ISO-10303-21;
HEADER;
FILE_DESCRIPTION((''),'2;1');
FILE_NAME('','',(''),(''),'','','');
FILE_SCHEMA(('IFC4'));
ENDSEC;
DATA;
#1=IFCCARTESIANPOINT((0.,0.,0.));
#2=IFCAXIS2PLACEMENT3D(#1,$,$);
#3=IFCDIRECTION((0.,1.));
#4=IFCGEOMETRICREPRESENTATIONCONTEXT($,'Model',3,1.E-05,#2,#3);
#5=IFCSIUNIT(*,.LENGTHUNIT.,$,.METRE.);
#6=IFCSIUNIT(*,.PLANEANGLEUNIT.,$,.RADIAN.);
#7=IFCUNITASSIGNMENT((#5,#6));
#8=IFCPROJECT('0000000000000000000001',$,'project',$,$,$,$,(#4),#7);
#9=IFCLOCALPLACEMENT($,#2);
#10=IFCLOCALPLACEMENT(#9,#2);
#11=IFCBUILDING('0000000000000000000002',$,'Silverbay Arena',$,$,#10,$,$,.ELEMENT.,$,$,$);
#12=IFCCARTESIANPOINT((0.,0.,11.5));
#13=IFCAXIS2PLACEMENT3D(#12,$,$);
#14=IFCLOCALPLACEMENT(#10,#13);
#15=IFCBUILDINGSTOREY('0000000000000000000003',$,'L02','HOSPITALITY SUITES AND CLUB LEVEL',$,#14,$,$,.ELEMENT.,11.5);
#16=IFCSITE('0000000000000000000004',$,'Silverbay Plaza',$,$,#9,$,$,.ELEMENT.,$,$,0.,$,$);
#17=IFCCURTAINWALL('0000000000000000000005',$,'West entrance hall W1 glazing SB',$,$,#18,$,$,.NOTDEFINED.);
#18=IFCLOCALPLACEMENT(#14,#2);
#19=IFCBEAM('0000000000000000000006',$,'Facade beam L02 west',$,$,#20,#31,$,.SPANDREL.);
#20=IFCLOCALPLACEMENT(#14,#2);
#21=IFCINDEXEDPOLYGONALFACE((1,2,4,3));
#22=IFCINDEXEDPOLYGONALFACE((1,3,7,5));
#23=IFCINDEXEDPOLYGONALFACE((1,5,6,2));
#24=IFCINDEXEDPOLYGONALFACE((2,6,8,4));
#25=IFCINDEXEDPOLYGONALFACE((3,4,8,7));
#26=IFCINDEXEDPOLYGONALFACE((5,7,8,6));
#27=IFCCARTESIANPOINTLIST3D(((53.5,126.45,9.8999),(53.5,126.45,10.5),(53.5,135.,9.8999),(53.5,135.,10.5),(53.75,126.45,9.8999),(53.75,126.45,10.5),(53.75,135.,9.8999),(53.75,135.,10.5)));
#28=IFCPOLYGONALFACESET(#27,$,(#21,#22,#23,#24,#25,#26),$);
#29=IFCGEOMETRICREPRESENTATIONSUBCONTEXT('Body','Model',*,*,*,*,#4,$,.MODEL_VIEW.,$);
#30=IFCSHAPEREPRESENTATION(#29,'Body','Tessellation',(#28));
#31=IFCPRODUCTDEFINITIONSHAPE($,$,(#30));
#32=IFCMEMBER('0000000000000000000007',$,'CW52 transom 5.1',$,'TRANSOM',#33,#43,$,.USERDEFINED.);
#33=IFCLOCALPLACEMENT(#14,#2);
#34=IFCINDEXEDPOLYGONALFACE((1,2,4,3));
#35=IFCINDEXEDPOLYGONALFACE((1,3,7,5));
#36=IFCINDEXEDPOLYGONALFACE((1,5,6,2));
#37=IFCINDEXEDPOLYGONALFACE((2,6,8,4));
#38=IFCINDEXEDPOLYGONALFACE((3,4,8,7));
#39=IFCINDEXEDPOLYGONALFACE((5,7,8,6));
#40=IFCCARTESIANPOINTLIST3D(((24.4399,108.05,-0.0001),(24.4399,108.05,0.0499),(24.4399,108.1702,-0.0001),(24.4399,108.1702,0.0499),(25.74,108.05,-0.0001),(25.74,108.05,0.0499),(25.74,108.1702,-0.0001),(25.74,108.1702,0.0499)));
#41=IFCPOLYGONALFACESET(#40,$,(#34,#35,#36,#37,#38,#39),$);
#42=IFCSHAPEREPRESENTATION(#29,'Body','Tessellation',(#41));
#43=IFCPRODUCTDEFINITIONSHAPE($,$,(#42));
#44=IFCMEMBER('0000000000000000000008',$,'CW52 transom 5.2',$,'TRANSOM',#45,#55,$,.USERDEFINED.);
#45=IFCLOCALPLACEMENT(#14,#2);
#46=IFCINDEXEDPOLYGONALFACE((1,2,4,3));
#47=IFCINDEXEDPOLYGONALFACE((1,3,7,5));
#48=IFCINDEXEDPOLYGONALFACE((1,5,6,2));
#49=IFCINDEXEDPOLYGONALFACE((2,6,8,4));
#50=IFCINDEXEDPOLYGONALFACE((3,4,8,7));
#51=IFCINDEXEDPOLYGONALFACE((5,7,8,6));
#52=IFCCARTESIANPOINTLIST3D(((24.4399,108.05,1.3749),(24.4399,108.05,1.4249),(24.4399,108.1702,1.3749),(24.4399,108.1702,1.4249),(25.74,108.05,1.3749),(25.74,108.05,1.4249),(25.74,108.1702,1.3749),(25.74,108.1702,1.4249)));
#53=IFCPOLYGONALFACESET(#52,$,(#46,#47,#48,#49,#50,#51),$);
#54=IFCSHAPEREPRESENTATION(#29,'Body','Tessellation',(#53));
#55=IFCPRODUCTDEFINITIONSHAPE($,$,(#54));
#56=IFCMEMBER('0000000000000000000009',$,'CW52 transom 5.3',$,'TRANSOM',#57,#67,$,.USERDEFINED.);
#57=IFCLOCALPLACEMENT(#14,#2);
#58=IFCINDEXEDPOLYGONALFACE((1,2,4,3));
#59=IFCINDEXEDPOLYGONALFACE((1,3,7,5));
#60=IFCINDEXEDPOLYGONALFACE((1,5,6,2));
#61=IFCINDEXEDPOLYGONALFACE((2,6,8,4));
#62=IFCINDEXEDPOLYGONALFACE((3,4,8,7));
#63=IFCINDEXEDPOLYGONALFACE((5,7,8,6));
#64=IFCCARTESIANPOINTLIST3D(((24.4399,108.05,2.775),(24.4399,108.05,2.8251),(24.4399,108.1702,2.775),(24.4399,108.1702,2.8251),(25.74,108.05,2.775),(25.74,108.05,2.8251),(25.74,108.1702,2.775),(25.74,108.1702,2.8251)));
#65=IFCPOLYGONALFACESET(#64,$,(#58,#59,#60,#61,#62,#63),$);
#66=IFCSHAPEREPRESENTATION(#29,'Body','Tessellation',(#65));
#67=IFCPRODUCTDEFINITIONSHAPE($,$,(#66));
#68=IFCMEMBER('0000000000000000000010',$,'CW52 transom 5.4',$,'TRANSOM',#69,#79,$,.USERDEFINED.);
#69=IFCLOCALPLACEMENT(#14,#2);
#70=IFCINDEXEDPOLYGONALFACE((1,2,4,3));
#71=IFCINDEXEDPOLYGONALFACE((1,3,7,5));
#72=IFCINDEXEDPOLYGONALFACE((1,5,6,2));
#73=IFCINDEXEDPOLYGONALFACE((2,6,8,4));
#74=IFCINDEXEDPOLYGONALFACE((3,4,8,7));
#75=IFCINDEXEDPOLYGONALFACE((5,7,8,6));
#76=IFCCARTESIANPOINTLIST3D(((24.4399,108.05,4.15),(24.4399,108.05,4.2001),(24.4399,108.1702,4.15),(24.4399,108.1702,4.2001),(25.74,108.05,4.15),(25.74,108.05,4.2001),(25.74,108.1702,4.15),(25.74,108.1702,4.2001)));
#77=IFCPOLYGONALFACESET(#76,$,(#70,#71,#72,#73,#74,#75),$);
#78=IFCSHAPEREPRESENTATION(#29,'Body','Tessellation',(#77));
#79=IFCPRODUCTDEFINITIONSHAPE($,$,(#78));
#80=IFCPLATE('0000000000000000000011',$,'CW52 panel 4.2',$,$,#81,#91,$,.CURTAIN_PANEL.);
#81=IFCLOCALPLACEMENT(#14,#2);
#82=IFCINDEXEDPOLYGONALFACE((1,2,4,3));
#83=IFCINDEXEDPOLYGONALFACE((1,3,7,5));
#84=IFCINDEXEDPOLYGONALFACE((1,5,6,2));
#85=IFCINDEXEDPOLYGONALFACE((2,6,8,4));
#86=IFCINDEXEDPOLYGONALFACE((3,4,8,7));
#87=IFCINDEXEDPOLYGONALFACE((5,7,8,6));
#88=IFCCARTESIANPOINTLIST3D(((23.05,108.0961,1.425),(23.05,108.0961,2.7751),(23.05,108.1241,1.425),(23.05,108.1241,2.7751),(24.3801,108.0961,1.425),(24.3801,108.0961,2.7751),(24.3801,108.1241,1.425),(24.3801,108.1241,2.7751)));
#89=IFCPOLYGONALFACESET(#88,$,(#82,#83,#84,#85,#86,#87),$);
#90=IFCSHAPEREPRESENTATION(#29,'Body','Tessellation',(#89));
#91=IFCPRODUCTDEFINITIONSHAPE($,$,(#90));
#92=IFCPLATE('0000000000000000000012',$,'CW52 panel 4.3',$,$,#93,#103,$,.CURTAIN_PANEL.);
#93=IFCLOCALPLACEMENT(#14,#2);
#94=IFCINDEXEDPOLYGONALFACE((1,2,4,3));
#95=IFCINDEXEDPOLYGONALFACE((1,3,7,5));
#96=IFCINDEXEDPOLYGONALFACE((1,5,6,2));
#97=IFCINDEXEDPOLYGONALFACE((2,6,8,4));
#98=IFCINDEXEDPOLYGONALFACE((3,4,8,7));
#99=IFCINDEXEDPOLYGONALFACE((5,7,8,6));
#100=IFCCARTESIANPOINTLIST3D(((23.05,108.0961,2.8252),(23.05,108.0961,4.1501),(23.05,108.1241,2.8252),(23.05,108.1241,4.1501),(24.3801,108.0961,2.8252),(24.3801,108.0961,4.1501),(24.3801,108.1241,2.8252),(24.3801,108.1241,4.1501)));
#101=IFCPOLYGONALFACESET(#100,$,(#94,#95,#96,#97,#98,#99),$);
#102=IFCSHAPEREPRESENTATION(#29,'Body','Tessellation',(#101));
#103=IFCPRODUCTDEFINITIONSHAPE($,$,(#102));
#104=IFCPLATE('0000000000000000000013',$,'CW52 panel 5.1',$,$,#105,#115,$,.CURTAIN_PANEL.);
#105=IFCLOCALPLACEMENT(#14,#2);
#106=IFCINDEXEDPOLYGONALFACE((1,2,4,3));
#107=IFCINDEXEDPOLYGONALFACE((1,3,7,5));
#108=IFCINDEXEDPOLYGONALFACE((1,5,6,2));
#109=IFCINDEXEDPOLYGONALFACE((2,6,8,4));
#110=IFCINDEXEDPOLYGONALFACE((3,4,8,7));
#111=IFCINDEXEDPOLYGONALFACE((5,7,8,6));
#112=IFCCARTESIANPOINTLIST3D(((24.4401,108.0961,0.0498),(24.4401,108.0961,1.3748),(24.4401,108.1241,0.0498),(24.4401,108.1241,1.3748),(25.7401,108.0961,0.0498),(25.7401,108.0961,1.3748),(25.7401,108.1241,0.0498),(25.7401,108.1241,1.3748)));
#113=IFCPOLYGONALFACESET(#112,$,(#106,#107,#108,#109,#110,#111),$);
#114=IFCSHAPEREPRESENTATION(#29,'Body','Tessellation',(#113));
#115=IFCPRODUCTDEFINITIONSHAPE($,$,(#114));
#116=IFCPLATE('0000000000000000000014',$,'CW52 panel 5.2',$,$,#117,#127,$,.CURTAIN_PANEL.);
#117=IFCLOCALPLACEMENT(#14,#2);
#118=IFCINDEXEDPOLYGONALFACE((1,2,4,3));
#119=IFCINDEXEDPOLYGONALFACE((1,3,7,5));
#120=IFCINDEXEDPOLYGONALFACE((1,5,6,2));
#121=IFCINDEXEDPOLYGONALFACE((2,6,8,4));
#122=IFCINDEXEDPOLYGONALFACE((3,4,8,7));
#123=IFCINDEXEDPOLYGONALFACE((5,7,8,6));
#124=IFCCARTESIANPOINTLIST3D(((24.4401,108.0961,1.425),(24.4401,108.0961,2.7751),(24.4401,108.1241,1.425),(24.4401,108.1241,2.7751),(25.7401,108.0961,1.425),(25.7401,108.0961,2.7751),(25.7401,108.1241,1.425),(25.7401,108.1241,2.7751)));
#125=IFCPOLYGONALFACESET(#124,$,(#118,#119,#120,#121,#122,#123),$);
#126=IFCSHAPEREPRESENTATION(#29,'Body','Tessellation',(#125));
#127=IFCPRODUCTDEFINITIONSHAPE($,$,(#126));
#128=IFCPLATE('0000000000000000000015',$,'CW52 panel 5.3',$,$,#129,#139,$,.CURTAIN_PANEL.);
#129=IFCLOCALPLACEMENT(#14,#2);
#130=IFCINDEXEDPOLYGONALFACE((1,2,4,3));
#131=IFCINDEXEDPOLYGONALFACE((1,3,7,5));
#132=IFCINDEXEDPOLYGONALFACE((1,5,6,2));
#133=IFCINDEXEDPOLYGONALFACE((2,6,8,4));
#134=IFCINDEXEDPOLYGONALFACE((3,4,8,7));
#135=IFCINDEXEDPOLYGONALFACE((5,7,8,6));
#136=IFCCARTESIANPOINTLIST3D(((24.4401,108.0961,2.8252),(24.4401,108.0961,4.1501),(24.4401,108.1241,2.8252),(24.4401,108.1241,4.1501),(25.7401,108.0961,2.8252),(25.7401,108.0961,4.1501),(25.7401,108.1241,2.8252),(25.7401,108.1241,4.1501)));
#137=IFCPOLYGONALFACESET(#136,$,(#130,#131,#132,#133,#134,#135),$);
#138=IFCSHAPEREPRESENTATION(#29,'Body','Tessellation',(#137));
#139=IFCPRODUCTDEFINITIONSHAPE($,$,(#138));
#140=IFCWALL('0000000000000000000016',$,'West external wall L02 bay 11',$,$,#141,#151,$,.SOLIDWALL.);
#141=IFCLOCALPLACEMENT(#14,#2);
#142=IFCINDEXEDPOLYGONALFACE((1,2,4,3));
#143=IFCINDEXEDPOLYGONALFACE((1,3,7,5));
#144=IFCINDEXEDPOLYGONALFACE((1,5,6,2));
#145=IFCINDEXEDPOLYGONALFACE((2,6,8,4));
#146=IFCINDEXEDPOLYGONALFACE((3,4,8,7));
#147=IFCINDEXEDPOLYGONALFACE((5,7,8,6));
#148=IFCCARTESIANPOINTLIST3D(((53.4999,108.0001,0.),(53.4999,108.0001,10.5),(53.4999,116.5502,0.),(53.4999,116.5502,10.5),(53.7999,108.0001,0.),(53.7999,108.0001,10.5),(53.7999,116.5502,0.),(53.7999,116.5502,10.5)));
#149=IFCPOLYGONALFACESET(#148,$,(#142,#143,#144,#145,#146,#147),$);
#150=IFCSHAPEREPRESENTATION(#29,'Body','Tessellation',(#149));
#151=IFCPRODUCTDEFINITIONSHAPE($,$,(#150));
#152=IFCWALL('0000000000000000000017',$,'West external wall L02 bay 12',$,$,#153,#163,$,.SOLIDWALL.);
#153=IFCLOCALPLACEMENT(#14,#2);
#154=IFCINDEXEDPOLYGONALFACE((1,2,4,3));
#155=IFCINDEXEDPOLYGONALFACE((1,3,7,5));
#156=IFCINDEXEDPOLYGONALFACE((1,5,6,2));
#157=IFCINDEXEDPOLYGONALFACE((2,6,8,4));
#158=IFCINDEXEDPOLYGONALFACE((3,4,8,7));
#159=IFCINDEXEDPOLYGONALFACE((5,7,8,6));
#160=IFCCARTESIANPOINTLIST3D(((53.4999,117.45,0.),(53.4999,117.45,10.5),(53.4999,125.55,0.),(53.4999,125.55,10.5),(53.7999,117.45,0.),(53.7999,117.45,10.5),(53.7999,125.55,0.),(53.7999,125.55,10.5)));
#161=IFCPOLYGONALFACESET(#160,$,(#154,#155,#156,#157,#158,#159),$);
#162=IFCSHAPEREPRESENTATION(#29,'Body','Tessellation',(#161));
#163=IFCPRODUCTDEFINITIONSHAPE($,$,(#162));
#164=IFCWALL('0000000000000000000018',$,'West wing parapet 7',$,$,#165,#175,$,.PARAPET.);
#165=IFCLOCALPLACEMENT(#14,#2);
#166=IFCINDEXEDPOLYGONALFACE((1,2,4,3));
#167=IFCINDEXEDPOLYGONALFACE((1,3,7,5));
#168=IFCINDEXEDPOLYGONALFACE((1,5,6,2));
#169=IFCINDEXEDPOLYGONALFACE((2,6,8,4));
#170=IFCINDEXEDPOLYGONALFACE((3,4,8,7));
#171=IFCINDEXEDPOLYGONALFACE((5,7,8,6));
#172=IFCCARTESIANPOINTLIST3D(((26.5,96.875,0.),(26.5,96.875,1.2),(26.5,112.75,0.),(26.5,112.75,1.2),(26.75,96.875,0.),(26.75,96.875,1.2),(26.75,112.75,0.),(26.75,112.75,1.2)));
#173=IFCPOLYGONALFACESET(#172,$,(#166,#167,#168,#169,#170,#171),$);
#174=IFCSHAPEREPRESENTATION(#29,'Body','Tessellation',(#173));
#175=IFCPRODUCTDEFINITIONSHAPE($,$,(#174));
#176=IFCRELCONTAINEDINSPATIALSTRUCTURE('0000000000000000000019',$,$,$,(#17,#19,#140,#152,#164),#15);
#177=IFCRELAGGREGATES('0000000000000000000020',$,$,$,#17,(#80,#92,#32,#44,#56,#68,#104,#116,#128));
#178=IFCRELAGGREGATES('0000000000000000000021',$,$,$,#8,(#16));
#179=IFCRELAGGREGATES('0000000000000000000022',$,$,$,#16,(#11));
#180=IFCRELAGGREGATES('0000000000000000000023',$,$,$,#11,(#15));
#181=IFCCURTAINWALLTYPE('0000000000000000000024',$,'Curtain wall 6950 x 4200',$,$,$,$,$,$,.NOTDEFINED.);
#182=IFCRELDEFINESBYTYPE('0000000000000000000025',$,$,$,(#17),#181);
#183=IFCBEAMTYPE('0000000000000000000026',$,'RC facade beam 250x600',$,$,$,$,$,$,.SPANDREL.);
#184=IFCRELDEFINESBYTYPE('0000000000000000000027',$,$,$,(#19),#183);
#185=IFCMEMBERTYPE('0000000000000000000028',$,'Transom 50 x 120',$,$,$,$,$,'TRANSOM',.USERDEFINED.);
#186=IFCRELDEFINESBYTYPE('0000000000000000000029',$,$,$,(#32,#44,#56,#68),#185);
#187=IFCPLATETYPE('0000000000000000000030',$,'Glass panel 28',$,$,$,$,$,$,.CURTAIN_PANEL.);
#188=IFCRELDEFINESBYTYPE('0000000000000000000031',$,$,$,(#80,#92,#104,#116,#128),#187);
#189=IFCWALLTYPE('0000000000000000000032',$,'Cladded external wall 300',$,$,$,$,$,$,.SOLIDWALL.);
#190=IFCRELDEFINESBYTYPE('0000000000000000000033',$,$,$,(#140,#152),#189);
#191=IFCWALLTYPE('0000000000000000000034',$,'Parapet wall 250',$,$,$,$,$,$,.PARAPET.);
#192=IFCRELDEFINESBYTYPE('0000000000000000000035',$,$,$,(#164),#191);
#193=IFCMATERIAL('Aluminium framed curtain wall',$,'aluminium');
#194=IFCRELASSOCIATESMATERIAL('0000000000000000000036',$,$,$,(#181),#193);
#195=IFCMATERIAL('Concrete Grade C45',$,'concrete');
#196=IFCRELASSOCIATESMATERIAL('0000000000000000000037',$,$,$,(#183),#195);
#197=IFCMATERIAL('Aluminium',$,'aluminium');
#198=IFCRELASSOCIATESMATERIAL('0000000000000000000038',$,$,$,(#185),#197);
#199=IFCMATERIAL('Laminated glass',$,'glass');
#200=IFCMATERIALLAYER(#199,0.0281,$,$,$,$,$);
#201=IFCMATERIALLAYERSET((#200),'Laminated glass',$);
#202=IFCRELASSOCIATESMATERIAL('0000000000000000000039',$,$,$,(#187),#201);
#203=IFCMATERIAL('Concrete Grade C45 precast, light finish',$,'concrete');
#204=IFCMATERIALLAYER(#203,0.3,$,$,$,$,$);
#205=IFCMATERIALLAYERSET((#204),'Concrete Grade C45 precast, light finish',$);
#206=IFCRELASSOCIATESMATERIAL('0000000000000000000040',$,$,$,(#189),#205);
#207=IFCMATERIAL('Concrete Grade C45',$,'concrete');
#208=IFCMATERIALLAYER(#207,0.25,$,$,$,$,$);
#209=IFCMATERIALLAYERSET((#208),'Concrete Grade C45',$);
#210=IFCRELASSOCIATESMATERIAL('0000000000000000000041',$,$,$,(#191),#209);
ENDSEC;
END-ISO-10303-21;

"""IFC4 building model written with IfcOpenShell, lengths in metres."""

from ifc_helpers import new_model, si_unit, direction, frame, frame_2d, origin, origin_2d, place, context, subcontext, project, spatial, rectangle, extrude, material, layer, layer_set, material_profile, profile_set, type_object, element, aggregate, save


model = new_model("IFC4")

# Units and contexts
model_context = context("Model", 3, precision=1e-05, world=origin(), true_north=direction((0.0, 1.0)))
body_context = subcontext(model_context, "Body", "Model", "MODEL_VIEW")
ifc_project = project(units=[si_unit("LENGTHUNIT", "METRE"), si_unit("PLANEANGLEUNIT", "RADIAN")], contexts=[model_context])

# Site, building, storey
site_placement = place(None, origin())
site = spatial("IfcSite", under=ifc_project, at=site_placement, Name="Silverbay Plaza", CompositionType="ELEMENT", RefElevation=0.0)
building_placement = place(site_placement, origin())
building = spatial("IfcBuilding", under=site, at=building_placement, Name="Silverbay Arena", CompositionType="ELEMENT")
storey_placement = place(building_placement, frame((0.0, 0.0, 11.5)))
storey = spatial("IfcBuildingStorey", under=building, at=storey_placement, Name="L02", Description="HOSPITALITY SUITES AND CLUB LEVEL", CompositionType="ELEMENT", Elevation=11.5)

# Curtain wall
ifc_material_1 = material(Name="Aluminium framed curtain wall", Category="aluminium")
curtain_wall_type_1 = type_object("IfcCurtainWallType", Name="Curtain wall 6950 x 4200", PredefinedType="NOTDEFINED", material=ifc_material_1)
curtain_wall_1_placement = place(storey_placement, origin())
curtain_wall_1 = element("IfcCurtainWall", 1, at=curtain_wall_1_placement, inside=storey, type_object=curtain_wall_type_1, Name="West entrance hall W1 glazing SB", PredefinedType="NOTDEFINED")

# Beam
ifc_material_2 = material(Name="Concrete Grade C45", Category="concrete")
ifc_material_profile_1 = material_profile(ifc_material_2, rectangle(XDim=0.25, YDim=0.6001, at=origin_2d()), Name="RC 250x600")
ifc_profile_set_1 = profile_set([ifc_material_profile_1], Name="Concrete Grade C45")
beam_type_1 = type_object("IfcBeamType", Name="RC facade beam 250x600", PredefinedType="SPANDREL", material=ifc_profile_set_1)
beam_1_placement = place(storey_placement, frame((53.625, 126.45, 10.2), z_axis=(0.0, 1.0, 0.0), x_axis=(-1.0, 0.0, 0.0)))
element("IfcBeam", 2, at=beam_1_placement, inside=storey, type_object=beam_type_1, Name="Facade beam L02 west", PredefinedType="SPANDREL", context=body_context, shape_type="SweptSolid", body=[
    extrude(rectangle(XDim=0.25, YDim=0.6001, at=origin_2d()), origin(), (0.0, 0.0, 1.0), 8.55),
])

# Members
ifc_material_3 = material(Name="Aluminium", Category="aluminium")
ifc_material_profile_2 = material_profile(ifc_material_3, rectangle(XDim=0.1201, YDim=0.05, at=origin_2d()), Name="Transom 50 x 120")
ifc_profile_set_2 = profile_set([ifc_material_profile_2], Name="Aluminium")
member_type_1 = type_object("IfcMemberType", Name="Transom 50 x 120", ElementType="TRANSOM", PredefinedType="USERDEFINED", material=ifc_profile_set_2)
member_1_placement = place(storey_placement, frame((24.4399, 108.1101, 0.0249), z_axis=(1.0, 0.0, 0.0), x_axis=(0.0, 1.0, 0.0)))
member_1 = element("IfcMember", 3, at=member_1_placement, type_object=member_type_1, Name="CW52 transom 5.1", ObjectType="TRANSOM", PredefinedType="USERDEFINED", context=body_context, shape_type="SweptSolid", body=[
    extrude(rectangle(XDim=0.1201, YDim=0.05, at=origin_2d()), origin(), (0.0, 0.0, 1.0), 1.3),
])
member_2_placement = place(storey_placement, frame((24.4399, 108.1101, 1.3999), z_axis=(1.0, 0.0, 0.0), x_axis=(0.0, 1.0, 0.0)))
member_2 = element("IfcMember", 4, at=member_2_placement, type_object=member_type_1, Name="CW52 transom 5.2", ObjectType="TRANSOM", PredefinedType="USERDEFINED", context=body_context, shape_type="SweptSolid", body=[
    extrude(rectangle(XDim=0.1201, YDim=0.05, at=origin_2d()), origin(), (0.0, 0.0, 1.0), 1.3),
])
member_3_placement = place(storey_placement, frame((24.4399, 108.1101, 2.8), z_axis=(1.0, 0.0, 0.0), x_axis=(0.0, 1.0, 0.0)))
member_3 = element("IfcMember", 5, at=member_3_placement, type_object=member_type_1, Name="CW52 transom 5.3", ObjectType="TRANSOM", PredefinedType="USERDEFINED", context=body_context, shape_type="SweptSolid", body=[
    extrude(rectangle(XDim=0.1201, YDim=0.05, at=origin_2d()), origin(), (0.0, 0.0, 1.0), 1.3),
])
member_4_placement = place(storey_placement, frame((24.4399, 108.1101, 4.175), z_axis=(1.0, 0.0, 0.0), x_axis=(0.0, 1.0, 0.0)))
member_4 = element("IfcMember", 6, at=member_4_placement, type_object=member_type_1, Name="CW52 transom 5.4", ObjectType="TRANSOM", PredefinedType="USERDEFINED", context=body_context, shape_type="SweptSolid", body=[
    extrude(rectangle(XDim=0.1201, YDim=0.05, at=origin_2d()), origin(), (0.0, 0.0, 1.0), 1.3),
])

# Plates
ifc_material_4 = material(Name="Laminated glass", Category="glass")
ifc_layer_1 = layer(ifc_material_4, 0.0281)
ifc_layer_set_1 = layer_set([ifc_layer_1], Name="Laminated glass")
plate_type = type_object("IfcPlateType", Name="Glass panel 28", PredefinedType="CURTAIN_PANEL", material=ifc_layer_set_1)
plate_1_placement = place(storey_placement, frame((23.7151, 108.1101, 1.425), z_axis=(0.0, 0.0, 1.0), x_axis=(1.0, 0.0, 0.0)))
plate_1 = element("IfcPlate", 7, at=plate_1_placement, type_object=plate_type, Name="CW52 panel 4.2", PredefinedType="CURTAIN_PANEL", context=body_context, shape_type="SweptSolid", body=[
    extrude(rectangle(XDim=1.3301, YDim=0.0281, at=origin_2d()), origin(), (0.0, 0.0, 1.0), 1.3501),
])
plate_2_placement = place(storey_placement, frame((23.7151, 108.1101, 2.8252), z_axis=(0.0, 0.0, 1.0), x_axis=(1.0, 0.0, 0.0)))
plate_2 = element("IfcPlate", 8, at=plate_2_placement, type_object=plate_type, Name="CW52 panel 4.3", PredefinedType="CURTAIN_PANEL", context=body_context, shape_type="SweptSolid", body=[
    extrude(rectangle(XDim=1.3301, YDim=0.0281, at=origin_2d()), origin(), (0.0, 0.0, 1.0), 1.325),
])
plate_3_placement = place(storey_placement, frame((25.0901, 108.1101, 0.0498), z_axis=(0.0, 0.0, 1.0), x_axis=(1.0, 0.0, 0.0)))
plate_3 = element("IfcPlate", 9, at=plate_3_placement, type_object=plate_type, Name="CW52 panel 5.1", PredefinedType="CURTAIN_PANEL", context=body_context, shape_type="SweptSolid", body=[
    extrude(rectangle(XDim=1.3, YDim=0.0281, at=origin_2d()), origin(), (0.0, 0.0, 1.0), 1.325),
])
plate_4_placement = place(storey_placement, frame((25.0901, 108.1101, 1.425), z_axis=(0.0, 0.0, 1.0), x_axis=(1.0, 0.0, 0.0)))
plate_4 = element("IfcPlate", 10, at=plate_4_placement, type_object=plate_type, Name="CW52 panel 5.2", PredefinedType="CURTAIN_PANEL", context=body_context, shape_type="SweptSolid", body=[
    extrude(rectangle(XDim=1.3, YDim=0.0281, at=origin_2d()), origin(), (0.0, 0.0, 1.0), 1.3501),
])
plate_5_placement = place(storey_placement, frame((25.0901, 108.1101, 2.8252), z_axis=(0.0, 0.0, 1.0), x_axis=(1.0, 0.0, 0.0)))
plate_5 = element("IfcPlate", 11, at=plate_5_placement, type_object=plate_type, Name="CW52 panel 5.3", PredefinedType="CURTAIN_PANEL", context=body_context, shape_type="SweptSolid", body=[
    extrude(rectangle(XDim=1.3, YDim=0.0281, at=origin_2d()), origin(), (0.0, 0.0, 1.0), 1.325),
])
aggregate(curtain_wall_1, [plate_1, plate_2, member_1, member_2, member_3, member_4, plate_3, plate_4, plate_5])

# Walls
ifc_material_5 = material(Name="Concrete Grade C45 precast, light finish", Category="concrete")
ifc_layer_2 = layer(ifc_material_5, 0.3)
ifc_layer_set_2 = layer_set([ifc_layer_2], Name="Concrete Grade C45 precast, light finish")
wall_type_1 = type_object("IfcWallType", Name="Cladded external wall 300", PredefinedType="SOLIDWALL", material=ifc_layer_set_2)
wall_1_placement = place(storey_placement, frame((53.6499, 116.55, 0.0), z_axis=(0.0, 0.0, 1.0), x_axis=(0.0, -1.0, 0.0)))
element("IfcWall", 12, at=wall_1_placement, inside=storey, type_object=wall_type_1, Name="West external wall L02 bay 11", PredefinedType="SOLIDWALL", context=body_context, shape_type="SweptSolid", body=[
    extrude(rectangle(XDim=8.55, YDim=0.3, at=frame_2d((4.2749, 0.0))), origin(), (0.0, 0.0, 1.0), 10.5),
])
wall_2_placement = place(storey_placement, frame((53.6499, 125.55, 0.0), z_axis=(0.0, 0.0, 1.0), x_axis=(0.0, -1.0, 0.0)))
element("IfcWall", 13, at=wall_2_placement, inside=storey, type_object=wall_type_1, Name="West external wall L02 bay 12", PredefinedType="SOLIDWALL", context=body_context, shape_type="SweptSolid", body=[
    extrude(rectangle(XDim=8.1001, YDim=0.3, at=frame_2d((4.05, 0.0))), origin(), (0.0, 0.0, 1.0), 10.5),
])
ifc_material_6 = material(Name="Concrete Grade C45", Category="concrete")
ifc_layer_3 = layer(ifc_material_6, 0.25)
ifc_layer_set_3 = layer_set([ifc_layer_3], Name="Concrete Grade C45")
wall_type_2 = type_object("IfcWallType", Name="Parapet wall 250", PredefinedType="PARAPET", material=ifc_layer_set_3)
wall_3_placement = place(storey_placement, frame((26.625, 112.75, 0.0), z_axis=(0.0, 0.0, 1.0), x_axis=(0.0, -1.0, 0.0)))
element("IfcWall", 14, at=wall_3_placement, inside=storey, type_object=wall_type_2, Name="West wing parapet 7", PredefinedType="PARAPET", context=body_context, shape_type="SweptSolid", body=[
    extrude(rectangle(XDim=15.875, YDim=0.25, at=frame_2d((7.9375, 0.0))), origin(), (0.0, 0.0, 1.0), 1.2),
])

save(model, "model.ifc")
